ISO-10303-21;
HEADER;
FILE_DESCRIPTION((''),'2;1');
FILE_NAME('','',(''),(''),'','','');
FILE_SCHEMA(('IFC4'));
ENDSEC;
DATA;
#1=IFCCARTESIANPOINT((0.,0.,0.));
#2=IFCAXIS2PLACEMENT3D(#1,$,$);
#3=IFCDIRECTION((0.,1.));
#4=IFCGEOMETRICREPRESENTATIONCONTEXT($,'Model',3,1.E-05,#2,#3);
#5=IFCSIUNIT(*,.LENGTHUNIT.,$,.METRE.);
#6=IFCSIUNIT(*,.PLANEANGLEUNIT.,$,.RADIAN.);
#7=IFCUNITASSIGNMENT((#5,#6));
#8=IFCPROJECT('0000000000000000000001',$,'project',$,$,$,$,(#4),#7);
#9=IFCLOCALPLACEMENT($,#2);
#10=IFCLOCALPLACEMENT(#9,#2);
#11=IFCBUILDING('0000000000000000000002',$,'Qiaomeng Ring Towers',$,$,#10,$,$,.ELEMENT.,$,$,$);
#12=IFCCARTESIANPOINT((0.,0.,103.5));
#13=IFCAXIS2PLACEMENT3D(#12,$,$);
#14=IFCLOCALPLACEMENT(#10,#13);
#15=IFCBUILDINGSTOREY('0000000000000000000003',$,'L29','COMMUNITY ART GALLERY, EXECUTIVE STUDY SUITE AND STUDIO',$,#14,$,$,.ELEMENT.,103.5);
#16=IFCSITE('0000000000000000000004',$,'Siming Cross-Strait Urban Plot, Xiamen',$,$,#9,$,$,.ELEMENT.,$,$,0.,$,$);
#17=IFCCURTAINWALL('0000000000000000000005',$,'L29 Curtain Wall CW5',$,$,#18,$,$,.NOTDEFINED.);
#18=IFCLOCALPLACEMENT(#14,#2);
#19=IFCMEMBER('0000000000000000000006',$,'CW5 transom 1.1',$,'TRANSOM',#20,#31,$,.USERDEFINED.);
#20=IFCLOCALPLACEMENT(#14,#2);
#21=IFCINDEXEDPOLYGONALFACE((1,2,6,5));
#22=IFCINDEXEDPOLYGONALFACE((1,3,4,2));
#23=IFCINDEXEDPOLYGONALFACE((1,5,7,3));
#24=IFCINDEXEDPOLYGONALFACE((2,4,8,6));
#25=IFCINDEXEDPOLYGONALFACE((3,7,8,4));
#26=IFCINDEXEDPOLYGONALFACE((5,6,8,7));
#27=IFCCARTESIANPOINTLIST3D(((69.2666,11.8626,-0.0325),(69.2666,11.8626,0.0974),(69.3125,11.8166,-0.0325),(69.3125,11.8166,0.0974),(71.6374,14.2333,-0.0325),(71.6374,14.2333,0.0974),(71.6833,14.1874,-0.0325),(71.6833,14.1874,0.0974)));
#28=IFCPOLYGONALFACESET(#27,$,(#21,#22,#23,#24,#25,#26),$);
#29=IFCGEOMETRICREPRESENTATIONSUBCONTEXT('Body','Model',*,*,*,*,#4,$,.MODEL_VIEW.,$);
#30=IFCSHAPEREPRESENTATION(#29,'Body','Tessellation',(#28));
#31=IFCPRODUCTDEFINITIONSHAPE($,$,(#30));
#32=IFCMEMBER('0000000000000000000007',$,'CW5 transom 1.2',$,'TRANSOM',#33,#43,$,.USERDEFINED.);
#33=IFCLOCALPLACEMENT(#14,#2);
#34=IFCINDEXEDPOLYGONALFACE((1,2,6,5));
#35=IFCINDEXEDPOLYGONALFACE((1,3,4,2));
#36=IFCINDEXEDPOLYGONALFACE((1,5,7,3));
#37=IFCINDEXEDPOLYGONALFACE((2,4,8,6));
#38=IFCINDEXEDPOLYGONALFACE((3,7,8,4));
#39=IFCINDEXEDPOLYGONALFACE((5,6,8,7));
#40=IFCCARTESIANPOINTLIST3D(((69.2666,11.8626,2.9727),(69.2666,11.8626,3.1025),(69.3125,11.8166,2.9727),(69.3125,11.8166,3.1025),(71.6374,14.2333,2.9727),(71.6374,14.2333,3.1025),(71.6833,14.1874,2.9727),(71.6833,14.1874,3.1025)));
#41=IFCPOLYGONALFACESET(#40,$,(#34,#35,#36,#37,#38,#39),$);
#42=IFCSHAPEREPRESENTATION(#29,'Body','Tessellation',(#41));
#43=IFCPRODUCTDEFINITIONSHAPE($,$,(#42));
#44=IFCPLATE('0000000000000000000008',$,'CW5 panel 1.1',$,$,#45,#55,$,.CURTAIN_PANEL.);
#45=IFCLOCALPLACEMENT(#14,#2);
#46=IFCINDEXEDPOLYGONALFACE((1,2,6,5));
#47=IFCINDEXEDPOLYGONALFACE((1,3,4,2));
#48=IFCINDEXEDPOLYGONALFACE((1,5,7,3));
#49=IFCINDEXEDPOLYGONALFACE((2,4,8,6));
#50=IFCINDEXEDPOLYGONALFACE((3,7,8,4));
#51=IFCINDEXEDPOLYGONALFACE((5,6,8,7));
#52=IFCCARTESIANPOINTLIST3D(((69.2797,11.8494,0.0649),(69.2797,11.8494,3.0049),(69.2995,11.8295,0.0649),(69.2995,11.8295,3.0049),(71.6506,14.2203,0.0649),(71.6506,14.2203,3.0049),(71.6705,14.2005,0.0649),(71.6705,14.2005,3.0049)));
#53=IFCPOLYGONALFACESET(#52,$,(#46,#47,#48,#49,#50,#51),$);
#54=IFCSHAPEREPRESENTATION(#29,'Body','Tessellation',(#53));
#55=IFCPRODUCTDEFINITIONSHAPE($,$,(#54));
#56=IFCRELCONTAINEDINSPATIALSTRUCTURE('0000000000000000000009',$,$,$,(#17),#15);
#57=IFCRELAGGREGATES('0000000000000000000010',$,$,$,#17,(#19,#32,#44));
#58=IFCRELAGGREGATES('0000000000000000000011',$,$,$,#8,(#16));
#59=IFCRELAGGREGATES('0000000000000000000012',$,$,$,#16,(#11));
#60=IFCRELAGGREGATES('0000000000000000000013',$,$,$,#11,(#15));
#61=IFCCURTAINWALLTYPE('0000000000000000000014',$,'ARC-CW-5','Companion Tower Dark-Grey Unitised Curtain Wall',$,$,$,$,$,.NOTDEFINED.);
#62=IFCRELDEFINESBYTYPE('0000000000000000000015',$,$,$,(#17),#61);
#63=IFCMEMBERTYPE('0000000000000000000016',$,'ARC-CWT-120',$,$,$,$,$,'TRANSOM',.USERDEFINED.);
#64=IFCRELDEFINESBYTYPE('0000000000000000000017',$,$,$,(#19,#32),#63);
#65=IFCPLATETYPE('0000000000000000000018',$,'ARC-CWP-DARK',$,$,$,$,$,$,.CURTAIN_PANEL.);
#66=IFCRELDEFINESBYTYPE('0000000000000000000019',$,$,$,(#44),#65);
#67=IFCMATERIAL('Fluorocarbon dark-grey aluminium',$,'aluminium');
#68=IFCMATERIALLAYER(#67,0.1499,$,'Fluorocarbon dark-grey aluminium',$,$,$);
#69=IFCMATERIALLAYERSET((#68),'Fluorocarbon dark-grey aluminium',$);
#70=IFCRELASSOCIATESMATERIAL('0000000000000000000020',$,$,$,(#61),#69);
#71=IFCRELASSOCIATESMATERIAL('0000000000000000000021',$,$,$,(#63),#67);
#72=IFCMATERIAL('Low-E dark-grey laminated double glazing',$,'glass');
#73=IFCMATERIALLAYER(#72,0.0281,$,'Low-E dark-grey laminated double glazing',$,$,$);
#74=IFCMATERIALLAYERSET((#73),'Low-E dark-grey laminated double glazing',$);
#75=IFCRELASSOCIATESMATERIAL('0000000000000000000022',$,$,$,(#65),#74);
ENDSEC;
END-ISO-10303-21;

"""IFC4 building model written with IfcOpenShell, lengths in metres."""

from ifc_helpers import new_model, si_unit, direction, frame, origin, origin_2d, place, context, subcontext, project, spatial, rectangle, extrude, source, transform, mapped, material, layer, layer_set, material_profile, profile_set, type_object, element, aggregate, save


model = new_model("IFC4")

# Units and contexts
model_context = context("Model", 3, precision=1e-05, world=origin(), true_north=direction((0.0, 1.0)))
body_context = subcontext(model_context, "Body", "Model", "MODEL_VIEW")
ifc_project = project(units=[si_unit("LENGTHUNIT", "METRE"), si_unit("PLANEANGLEUNIT", "RADIAN")], contexts=[model_context])

# Site, building, storey
site_placement = place(None, origin())
site = spatial("IfcSite", under=ifc_project, at=site_placement, Name="Siming Cross-Strait Urban Plot, Xiamen", CompositionType="ELEMENT", RefElevation=0.0)
building_placement = place(site_placement, origin())
building = spatial("IfcBuilding", under=site, at=building_placement, Name="Qiaomeng Ring Towers", CompositionType="ELEMENT")
storey_placement = place(building_placement, frame((0.0, 0.0, 103.5)))
storey = spatial("IfcBuildingStorey", under=building, at=storey_placement, Name="L29", Description="COMMUNITY ART GALLERY, EXECUTIVE STUDY SUITE AND STUDIO", CompositionType="ELEMENT", Elevation=103.5)

# Curtain wall
ifc_material_1 = material(Name="Fluorocarbon dark-grey aluminium", Category="aluminium")
ifc_layer_1 = layer(ifc_material_1, 0.1499, Name="Fluorocarbon dark-grey aluminium")
ifc_layer_set_1 = layer_set([ifc_layer_1], Name="Fluorocarbon dark-grey aluminium")
curtain_wall_type = type_object("IfcCurtainWallType", Name="ARC-CW-5", Description="Companion Tower Dark-Grey Unitised Curtain Wall", PredefinedType="NOTDEFINED", material=ifc_layer_set_1)
curtain_wall_1_placement = place(storey_placement, origin())
curtain_wall_1 = element("IfcCurtainWall", 1, at=curtain_wall_1_placement, inside=storey, type_object=curtain_wall_type, Name="L29 Curtain Wall CW5", PredefinedType="NOTDEFINED")

# Members
ifc_material_profile_1 = material_profile(ifc_material_1, rectangle(XDim=0.0649, YDim=0.1299, at=origin_2d()), Name="ALU TRAN 65x130")
ifc_profile_set_1 = profile_set([ifc_material_profile_1], Name="Fluorocarbon dark-grey aluminium")
member_type_1 = type_object("IfcMemberType", Name="ARC-CWT-120", ElementType="TRANSOM", PredefinedType="USERDEFINED", material=ifc_profile_set_1)
shared_shape_1 = source(origin(), body_context, "Body", "SweptSolid", [
    extrude(rectangle(XDim=0.0649, YDim=0.1299, at=origin_2d()), origin(), (0.0, 0.0, 1.0), 3.3528),
])
member_1_placement = place(storey_placement, frame((69.2896, 11.8396, 0.0325), z_axis=(0.707107, 0.707107, 0.0), x_axis=(-0.707107, 0.707107, 0.0)))
member_1 = element("IfcMember", 2, at=member_1_placement, type_object=member_type_1, Name="CW5 transom 1.1", ObjectType="TRANSOM", PredefinedType="USERDEFINED", context=body_context, shape_type="MappedRepresentation", body=[
    mapped(shared_shape_1, transform((0.0, 0.0, 0.0), x_axis=(1.0, 0.0, 0.0), y_axis=(0.0, 1.0, 0.0), z_axis=(0.0, 0.0, 1.0), scale=1.0)),
])
member_2_placement = place(storey_placement, frame((69.2896, 11.8396, 3.0376), z_axis=(0.707107, 0.707107, 0.0), x_axis=(-0.707107, 0.707107, 0.0)))
member_2 = element("IfcMember", 3, at=member_2_placement, type_object=member_type_1, Name="CW5 transom 1.2", ObjectType="TRANSOM", PredefinedType="USERDEFINED", context=body_context, shape_type="MappedRepresentation", body=[
    mapped(shared_shape_1, transform((0.0, 0.0, 0.0), x_axis=(1.0, 0.0, 0.0), y_axis=(0.0, 1.0, 0.0), z_axis=(0.0, 0.0, 1.0), scale=1.0)),
])

# Plate
ifc_material_2 = material(Name="Low-E dark-grey laminated double glazing", Category="glass")
ifc_layer_2 = layer(ifc_material_2, 0.0281, Name="Low-E dark-grey laminated double glazing")
ifc_layer_set_2 = layer_set([ifc_layer_2], Name="Low-E dark-grey laminated double glazing")
plate_type = type_object("IfcPlateType", Name="ARC-CWP-DARK", PredefinedType="CURTAIN_PANEL", material=ifc_layer_set_2)
shared_shape_2 = source(origin(), body_context, "Body", "SweptSolid", [
    extrude(rectangle(XDim=3.353, YDim=0.0281, at=origin_2d()), origin(), (0.0, 0.0, 1.0), 2.9399),
])
plate_placement = place(storey_placement, frame((70.4751, 13.0249, 0.0649), z_axis=(0.0, 0.0, 1.0), x_axis=(0.707107, 0.707107, 0.0)))
plate = element("IfcPlate", 4, at=plate_placement, type_object=plate_type, Name="CW5 panel 1.1", PredefinedType="CURTAIN_PANEL", context=body_context, shape_type="MappedRepresentation", body=[
    mapped(shared_shape_2, transform((0.0, 0.0, 0.0), x_axis=(1.0, 0.0, 0.0), y_axis=(0.0, 1.0, 0.0), z_axis=(0.0, 0.0, 1.0), scale=1.0)),
])
aggregate(curtain_wall_1, [member_1, member_2, plate])

save(model, "model.ifc")
